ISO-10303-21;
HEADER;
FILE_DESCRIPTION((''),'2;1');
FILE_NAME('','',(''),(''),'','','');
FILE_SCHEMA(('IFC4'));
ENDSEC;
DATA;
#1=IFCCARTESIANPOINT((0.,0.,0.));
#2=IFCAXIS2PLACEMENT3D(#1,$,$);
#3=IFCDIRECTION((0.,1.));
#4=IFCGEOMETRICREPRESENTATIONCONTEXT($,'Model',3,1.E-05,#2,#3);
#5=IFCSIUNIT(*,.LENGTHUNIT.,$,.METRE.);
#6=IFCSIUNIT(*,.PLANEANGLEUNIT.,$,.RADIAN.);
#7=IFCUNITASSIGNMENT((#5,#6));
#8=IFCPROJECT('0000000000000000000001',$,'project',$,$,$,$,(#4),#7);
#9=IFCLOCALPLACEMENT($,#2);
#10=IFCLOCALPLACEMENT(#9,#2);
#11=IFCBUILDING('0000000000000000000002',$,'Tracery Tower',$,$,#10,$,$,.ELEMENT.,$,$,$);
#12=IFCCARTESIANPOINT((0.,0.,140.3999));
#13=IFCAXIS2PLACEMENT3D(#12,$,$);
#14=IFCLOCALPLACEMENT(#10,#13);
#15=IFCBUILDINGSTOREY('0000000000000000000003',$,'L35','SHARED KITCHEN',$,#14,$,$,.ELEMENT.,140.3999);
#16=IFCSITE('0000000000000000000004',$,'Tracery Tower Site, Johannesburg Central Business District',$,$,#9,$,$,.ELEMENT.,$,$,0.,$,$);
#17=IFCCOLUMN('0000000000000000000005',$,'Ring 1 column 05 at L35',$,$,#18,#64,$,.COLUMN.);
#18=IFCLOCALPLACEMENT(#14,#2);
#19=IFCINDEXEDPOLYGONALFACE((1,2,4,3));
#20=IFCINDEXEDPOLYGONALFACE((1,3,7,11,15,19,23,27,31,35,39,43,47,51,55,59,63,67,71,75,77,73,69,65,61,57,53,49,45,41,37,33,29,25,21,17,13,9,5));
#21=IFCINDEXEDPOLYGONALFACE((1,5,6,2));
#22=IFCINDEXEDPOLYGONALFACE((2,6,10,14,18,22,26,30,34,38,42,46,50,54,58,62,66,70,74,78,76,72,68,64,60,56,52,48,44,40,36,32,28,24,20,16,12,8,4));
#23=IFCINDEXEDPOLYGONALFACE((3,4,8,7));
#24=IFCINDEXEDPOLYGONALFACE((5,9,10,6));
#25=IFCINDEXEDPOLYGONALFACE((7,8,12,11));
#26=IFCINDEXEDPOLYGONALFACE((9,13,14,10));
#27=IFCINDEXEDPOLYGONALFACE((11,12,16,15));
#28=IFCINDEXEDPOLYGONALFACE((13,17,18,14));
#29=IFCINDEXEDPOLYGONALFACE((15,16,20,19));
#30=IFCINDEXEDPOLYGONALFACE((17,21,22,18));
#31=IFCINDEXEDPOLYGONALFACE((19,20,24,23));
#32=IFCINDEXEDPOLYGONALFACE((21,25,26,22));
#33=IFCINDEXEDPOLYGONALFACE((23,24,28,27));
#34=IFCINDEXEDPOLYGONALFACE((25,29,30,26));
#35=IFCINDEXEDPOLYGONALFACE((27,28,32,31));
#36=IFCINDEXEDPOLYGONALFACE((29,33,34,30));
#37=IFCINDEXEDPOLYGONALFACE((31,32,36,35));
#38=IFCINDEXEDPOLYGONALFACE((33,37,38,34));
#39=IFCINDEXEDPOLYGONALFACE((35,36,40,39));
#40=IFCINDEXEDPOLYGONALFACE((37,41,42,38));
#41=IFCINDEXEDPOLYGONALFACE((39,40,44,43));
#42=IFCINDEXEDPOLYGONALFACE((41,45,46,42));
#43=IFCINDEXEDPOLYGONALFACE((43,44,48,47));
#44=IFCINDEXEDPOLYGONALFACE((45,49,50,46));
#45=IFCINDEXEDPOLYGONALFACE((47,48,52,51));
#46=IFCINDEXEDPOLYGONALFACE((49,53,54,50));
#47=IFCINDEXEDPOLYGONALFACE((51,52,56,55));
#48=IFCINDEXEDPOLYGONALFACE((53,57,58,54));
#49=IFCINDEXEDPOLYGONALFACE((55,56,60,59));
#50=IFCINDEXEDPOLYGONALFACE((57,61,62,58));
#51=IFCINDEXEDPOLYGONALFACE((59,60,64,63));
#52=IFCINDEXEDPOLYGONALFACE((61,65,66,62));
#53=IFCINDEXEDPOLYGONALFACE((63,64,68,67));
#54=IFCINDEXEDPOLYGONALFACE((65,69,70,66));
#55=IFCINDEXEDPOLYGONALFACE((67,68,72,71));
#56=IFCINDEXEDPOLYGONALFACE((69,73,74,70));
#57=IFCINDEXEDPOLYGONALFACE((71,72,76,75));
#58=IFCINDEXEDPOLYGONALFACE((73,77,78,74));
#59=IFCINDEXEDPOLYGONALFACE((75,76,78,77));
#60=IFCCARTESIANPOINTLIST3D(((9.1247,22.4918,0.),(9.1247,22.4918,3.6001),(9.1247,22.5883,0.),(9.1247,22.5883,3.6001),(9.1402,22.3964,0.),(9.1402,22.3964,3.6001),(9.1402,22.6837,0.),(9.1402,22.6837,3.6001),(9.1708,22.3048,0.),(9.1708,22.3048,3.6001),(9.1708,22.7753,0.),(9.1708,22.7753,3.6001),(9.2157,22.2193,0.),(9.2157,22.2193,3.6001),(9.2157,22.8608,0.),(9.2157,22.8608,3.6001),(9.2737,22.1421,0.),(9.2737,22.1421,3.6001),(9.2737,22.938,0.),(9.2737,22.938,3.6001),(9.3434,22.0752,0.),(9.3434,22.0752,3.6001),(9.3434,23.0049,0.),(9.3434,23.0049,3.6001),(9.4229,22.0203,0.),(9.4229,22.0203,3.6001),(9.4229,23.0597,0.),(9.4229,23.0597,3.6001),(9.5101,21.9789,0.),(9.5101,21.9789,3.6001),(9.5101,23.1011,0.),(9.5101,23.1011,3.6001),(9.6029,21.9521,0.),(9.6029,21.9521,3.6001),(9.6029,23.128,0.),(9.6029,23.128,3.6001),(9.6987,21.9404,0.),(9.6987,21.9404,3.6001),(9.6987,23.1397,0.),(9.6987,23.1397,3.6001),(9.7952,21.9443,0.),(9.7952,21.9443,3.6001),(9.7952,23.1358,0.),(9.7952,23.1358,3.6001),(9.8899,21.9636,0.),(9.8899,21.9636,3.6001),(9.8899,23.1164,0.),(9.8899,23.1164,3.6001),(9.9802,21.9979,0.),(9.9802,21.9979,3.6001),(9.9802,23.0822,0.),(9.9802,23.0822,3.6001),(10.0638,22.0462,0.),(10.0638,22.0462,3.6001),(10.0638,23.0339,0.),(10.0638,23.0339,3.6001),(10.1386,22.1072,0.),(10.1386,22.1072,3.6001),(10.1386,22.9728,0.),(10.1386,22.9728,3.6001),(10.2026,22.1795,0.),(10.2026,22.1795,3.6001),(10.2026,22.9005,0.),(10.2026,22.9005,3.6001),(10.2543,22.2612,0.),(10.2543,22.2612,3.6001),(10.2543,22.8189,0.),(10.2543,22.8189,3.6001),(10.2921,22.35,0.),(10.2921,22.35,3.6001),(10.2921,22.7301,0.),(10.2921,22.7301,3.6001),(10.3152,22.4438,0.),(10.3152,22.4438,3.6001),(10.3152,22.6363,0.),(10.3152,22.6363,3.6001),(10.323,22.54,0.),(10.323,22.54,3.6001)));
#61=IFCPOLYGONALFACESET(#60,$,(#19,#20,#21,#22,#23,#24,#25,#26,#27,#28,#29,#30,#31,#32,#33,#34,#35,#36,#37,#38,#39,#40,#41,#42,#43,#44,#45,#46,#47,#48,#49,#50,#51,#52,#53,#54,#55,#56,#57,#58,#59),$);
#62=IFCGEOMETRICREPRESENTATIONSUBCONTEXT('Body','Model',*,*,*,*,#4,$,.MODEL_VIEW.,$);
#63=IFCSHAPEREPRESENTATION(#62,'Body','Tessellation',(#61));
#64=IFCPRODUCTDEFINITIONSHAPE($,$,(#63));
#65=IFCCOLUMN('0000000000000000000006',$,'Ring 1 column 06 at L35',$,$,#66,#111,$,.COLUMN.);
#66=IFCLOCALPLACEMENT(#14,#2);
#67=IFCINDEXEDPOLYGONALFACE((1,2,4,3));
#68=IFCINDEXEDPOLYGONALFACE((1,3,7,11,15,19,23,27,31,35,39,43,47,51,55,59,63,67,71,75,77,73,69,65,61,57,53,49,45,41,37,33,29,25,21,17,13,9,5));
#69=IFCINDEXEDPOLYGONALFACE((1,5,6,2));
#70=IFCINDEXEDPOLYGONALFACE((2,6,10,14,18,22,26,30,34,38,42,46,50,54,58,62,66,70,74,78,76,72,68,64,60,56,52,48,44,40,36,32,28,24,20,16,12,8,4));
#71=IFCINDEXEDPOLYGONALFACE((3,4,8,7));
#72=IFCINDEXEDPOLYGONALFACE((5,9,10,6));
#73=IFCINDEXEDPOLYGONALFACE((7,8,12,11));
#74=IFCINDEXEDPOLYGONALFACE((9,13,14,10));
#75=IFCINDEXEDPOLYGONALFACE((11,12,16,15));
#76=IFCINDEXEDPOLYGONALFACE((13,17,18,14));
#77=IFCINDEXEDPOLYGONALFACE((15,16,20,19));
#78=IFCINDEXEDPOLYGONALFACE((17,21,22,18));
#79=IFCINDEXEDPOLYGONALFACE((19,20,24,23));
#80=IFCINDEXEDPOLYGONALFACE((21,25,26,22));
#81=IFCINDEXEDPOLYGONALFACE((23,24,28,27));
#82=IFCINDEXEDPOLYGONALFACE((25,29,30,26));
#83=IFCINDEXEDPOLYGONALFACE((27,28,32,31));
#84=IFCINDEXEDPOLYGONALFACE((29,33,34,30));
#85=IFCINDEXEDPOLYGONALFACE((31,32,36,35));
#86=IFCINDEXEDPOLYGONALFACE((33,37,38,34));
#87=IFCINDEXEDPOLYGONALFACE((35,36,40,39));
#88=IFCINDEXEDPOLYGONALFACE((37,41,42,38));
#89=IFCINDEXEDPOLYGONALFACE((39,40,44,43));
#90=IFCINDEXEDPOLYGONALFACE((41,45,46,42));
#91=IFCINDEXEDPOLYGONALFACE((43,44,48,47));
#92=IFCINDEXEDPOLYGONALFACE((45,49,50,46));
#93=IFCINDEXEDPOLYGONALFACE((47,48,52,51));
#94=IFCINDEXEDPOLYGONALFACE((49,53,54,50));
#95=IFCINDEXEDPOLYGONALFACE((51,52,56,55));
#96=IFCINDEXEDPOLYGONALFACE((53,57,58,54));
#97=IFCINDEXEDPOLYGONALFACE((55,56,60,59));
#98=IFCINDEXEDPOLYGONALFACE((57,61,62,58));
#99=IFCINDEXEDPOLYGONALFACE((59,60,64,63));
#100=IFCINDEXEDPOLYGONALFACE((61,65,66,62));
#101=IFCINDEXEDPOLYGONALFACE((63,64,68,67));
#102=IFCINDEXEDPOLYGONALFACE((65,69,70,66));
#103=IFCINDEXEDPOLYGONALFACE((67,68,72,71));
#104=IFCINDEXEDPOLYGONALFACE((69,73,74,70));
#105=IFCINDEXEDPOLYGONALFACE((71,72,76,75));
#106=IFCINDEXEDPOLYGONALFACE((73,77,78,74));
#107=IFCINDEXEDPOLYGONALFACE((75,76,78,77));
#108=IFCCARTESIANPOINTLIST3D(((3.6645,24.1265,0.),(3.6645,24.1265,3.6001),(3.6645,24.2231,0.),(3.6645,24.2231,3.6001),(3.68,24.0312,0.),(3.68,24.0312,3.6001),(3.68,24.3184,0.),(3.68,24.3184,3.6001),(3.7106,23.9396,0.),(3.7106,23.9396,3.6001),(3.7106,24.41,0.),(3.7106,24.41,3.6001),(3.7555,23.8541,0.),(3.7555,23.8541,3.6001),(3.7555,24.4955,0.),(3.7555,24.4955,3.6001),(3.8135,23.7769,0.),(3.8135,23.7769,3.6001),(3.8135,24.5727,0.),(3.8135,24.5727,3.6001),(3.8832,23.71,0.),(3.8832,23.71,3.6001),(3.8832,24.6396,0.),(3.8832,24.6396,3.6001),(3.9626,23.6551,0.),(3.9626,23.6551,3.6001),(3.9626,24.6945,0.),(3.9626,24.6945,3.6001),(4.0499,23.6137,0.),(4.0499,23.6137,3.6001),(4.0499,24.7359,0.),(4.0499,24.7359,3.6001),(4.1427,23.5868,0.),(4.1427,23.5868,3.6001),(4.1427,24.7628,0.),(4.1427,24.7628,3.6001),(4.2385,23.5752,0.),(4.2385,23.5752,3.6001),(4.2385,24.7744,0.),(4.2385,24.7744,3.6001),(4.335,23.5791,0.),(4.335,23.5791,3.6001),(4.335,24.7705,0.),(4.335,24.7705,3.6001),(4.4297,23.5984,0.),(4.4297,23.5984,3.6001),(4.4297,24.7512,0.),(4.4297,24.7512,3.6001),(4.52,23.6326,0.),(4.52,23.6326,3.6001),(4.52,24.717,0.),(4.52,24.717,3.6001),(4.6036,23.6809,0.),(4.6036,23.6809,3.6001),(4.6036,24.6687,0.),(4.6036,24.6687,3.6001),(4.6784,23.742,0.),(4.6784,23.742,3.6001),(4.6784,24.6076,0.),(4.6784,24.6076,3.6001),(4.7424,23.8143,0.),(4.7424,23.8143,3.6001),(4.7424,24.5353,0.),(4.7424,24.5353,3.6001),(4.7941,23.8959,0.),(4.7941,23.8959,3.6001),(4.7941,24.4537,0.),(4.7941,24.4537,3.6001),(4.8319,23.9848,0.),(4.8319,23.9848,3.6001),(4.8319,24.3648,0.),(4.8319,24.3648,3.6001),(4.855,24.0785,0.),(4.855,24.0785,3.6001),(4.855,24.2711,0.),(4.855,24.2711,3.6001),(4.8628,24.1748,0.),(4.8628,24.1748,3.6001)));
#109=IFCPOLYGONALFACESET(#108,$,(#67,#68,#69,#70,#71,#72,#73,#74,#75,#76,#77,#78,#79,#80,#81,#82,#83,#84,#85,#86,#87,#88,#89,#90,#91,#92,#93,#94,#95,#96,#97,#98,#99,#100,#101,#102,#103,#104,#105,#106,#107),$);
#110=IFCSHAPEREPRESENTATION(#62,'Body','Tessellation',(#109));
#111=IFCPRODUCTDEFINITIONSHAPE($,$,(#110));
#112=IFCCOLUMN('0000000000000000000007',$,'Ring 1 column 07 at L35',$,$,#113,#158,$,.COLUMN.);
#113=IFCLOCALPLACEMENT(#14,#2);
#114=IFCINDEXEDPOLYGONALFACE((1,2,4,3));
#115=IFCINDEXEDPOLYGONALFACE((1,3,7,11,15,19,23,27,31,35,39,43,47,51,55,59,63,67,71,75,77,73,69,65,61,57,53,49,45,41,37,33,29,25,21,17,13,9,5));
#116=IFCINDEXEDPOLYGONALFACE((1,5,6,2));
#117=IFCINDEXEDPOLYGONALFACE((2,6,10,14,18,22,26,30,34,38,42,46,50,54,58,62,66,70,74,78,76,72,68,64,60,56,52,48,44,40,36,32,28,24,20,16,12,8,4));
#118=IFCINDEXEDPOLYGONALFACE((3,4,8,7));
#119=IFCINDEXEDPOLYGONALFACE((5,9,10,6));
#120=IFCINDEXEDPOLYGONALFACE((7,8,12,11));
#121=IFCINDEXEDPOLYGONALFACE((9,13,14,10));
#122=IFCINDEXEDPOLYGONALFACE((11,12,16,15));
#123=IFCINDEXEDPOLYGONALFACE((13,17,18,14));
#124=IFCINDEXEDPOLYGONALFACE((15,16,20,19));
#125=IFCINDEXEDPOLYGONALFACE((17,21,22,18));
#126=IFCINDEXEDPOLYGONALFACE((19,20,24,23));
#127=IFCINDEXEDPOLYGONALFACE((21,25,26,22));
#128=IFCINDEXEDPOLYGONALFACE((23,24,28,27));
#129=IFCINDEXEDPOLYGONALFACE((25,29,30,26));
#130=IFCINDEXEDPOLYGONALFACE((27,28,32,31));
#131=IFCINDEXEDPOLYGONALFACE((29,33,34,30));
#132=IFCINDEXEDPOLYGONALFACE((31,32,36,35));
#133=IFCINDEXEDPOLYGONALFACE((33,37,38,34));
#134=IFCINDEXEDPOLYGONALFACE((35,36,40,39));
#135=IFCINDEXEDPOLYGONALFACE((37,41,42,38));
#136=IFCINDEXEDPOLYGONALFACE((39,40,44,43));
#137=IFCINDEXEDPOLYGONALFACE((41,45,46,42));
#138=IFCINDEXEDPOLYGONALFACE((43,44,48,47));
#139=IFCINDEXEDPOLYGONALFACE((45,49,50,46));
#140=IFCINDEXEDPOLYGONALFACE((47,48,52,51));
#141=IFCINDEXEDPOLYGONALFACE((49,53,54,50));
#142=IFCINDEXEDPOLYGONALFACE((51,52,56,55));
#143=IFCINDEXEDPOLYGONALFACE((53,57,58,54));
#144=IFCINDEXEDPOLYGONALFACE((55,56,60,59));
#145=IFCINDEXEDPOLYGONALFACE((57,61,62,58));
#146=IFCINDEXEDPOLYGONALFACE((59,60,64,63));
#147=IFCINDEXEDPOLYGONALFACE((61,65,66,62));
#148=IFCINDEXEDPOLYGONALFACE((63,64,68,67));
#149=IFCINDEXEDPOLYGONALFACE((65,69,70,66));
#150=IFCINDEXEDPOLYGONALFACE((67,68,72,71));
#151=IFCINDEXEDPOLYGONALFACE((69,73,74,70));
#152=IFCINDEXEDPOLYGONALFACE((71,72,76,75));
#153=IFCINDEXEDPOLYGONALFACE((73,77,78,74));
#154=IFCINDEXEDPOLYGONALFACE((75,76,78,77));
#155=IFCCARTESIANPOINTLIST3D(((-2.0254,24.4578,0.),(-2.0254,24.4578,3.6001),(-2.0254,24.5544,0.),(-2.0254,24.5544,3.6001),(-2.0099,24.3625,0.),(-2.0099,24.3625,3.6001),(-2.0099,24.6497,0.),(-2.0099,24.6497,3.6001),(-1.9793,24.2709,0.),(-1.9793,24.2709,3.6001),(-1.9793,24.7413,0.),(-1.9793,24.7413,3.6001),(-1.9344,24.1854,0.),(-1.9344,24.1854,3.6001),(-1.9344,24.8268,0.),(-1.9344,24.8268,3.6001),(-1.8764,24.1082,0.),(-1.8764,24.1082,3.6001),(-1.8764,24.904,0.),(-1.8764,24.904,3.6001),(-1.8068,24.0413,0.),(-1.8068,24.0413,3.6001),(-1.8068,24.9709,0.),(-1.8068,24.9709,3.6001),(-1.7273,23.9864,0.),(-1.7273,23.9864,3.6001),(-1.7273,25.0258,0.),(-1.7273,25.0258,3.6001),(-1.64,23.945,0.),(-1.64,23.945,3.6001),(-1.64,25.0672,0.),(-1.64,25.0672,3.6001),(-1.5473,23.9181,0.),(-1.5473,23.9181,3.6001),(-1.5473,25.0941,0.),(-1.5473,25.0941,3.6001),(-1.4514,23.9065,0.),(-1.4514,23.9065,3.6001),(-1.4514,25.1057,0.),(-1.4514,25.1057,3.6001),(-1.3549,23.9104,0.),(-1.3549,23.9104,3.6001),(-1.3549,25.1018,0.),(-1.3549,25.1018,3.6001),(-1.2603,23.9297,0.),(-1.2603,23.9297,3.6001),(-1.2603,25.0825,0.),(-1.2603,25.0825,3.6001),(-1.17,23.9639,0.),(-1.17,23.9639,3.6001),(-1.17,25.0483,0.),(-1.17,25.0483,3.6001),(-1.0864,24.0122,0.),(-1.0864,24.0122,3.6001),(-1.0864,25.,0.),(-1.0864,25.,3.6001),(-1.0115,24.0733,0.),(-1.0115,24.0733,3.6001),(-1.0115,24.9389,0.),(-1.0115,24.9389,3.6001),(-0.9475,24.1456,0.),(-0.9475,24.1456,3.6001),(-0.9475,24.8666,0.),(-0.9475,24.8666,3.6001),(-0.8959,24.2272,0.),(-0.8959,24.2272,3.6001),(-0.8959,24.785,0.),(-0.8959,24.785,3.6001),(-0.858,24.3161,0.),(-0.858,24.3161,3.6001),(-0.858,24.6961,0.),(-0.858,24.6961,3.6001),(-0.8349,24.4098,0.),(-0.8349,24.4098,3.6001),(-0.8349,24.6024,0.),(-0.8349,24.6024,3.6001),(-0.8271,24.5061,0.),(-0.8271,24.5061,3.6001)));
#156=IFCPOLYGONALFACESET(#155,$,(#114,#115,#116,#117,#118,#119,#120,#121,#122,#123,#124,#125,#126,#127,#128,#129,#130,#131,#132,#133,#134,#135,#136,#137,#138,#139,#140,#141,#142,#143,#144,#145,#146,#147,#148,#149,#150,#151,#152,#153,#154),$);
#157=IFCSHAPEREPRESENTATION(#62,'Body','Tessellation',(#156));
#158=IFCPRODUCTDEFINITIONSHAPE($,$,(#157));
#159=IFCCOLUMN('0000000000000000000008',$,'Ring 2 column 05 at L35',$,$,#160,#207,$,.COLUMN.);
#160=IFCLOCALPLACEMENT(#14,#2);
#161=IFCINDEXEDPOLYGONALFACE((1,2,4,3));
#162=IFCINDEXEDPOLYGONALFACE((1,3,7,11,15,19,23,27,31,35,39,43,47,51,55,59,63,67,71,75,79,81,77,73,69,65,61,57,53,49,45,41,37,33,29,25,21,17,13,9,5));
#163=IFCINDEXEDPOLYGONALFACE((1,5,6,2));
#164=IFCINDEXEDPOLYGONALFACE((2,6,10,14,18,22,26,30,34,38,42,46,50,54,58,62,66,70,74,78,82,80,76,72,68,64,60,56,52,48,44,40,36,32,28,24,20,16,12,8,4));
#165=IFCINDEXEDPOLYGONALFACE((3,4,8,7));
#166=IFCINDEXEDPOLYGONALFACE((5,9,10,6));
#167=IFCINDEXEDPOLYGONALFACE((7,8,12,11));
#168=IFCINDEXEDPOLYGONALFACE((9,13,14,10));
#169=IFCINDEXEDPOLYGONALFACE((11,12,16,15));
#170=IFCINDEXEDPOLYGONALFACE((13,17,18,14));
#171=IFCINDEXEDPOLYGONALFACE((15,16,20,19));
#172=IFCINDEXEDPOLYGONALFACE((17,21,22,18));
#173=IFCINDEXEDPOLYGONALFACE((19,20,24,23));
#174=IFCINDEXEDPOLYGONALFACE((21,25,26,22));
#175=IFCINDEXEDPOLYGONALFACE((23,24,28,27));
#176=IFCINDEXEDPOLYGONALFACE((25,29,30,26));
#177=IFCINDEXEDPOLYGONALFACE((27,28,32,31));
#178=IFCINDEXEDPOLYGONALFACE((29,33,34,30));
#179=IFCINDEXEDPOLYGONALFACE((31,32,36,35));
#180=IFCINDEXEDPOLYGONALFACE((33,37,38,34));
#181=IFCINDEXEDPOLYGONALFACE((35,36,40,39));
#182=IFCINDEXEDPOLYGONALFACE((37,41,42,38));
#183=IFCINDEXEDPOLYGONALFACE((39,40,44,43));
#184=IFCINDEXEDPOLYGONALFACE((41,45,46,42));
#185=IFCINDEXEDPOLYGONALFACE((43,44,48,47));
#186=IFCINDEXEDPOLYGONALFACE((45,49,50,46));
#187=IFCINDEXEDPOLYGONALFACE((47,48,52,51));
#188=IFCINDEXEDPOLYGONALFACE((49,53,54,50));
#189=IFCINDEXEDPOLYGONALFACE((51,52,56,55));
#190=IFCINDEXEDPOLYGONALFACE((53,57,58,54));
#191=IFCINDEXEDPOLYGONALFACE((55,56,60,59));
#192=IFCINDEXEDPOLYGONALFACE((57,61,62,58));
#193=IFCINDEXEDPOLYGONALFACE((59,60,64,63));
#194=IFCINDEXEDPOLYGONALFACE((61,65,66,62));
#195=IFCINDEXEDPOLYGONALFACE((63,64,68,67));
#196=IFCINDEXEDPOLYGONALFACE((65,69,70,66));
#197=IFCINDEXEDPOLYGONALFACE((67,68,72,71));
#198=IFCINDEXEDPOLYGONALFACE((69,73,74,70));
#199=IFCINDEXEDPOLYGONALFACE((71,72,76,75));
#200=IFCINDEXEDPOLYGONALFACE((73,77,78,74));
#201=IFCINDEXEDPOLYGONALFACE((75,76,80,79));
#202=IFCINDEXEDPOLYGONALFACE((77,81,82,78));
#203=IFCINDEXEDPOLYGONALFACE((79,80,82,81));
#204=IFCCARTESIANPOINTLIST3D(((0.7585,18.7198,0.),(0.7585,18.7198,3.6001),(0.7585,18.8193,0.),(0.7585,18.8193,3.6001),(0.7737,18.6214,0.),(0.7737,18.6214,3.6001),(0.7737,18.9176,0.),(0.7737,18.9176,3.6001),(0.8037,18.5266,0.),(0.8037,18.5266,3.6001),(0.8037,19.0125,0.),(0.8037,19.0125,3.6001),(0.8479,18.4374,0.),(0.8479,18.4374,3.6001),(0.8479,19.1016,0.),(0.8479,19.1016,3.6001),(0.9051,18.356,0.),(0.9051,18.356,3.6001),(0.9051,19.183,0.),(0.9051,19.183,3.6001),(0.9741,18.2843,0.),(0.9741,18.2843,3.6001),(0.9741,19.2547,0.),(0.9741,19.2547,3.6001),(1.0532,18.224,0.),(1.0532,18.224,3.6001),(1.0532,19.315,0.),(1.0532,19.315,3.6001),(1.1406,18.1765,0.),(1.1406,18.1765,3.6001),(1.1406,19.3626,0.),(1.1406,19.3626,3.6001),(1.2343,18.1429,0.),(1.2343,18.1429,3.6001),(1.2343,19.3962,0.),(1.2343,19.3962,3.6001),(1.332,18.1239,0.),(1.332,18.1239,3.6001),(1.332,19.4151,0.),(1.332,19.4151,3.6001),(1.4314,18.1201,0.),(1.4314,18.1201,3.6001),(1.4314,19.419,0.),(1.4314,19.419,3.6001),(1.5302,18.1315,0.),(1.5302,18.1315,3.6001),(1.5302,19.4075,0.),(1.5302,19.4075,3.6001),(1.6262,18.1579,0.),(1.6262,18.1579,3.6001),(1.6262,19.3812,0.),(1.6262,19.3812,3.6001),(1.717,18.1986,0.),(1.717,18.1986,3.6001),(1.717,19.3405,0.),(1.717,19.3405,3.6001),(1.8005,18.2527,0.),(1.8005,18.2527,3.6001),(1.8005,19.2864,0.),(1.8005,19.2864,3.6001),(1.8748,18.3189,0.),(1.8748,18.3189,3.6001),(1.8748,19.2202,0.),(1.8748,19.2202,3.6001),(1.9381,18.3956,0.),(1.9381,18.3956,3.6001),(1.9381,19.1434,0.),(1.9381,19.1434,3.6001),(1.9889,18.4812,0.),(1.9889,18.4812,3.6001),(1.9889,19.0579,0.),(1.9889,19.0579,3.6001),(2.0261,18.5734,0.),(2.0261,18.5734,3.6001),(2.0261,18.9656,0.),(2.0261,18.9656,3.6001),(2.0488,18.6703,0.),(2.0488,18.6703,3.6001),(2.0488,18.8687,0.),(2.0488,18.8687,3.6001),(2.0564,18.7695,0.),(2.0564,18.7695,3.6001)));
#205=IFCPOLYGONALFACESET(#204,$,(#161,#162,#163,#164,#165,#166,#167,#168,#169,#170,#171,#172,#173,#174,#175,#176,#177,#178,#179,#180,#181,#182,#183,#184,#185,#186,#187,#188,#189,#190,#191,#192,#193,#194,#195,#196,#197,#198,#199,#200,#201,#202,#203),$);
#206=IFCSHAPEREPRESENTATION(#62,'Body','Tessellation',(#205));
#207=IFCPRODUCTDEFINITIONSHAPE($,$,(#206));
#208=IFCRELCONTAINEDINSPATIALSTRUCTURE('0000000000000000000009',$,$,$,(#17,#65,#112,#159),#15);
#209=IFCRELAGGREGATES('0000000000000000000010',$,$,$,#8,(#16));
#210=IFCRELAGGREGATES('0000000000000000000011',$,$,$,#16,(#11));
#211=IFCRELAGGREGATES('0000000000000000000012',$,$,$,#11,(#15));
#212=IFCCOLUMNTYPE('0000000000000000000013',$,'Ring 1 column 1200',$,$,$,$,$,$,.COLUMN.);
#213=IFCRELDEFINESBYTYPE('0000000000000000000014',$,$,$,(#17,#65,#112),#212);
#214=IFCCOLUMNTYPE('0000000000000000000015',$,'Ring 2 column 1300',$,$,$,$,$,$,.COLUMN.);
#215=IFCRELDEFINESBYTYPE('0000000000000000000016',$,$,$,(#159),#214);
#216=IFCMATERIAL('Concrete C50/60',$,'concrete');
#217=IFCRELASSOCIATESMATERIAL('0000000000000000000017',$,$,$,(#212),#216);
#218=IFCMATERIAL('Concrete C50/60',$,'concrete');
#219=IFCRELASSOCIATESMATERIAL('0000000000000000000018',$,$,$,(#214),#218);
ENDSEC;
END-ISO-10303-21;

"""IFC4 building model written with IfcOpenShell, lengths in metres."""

from ifc_helpers import new_model, si_unit, direction, frame, origin, origin_2d, place, context, subcontext, project, spatial, circle, extrude, material, material_profile, profile_set, type_object, element, save


model = new_model("IFC4")

# Units and contexts
model_context = context("Model", 3, precision=1e-05, world=origin(), true_north=direction((0.0, 1.0)))
body_context = subcontext(model_context, "Body", "Model", "MODEL_VIEW")
ifc_project = project(units=[si_unit("LENGTHUNIT", "METRE"), si_unit("PLANEANGLEUNIT", "RADIAN")], contexts=[model_context])

# Site, building, storey
site_placement = place(None, origin())
site = spatial("IfcSite", under=ifc_project, at=site_placement, Name="Tracery Tower Site, Johannesburg Central Business District", CompositionType="ELEMENT", RefElevation=0.0)
building_placement = place(site_placement, origin())
building = spatial("IfcBuilding", under=site, at=building_placement, Name="Tracery Tower", CompositionType="ELEMENT")
storey_placement = place(building_placement, frame((0.0, 0.0, 140.3999)))
storey = spatial("IfcBuildingStorey", under=building, at=storey_placement, Name="L35", Description="SHARED KITCHEN", CompositionType="ELEMENT", Elevation=140.3999)

# Columns
ifc_material_1 = material(Name="Concrete C50/60", Category="concrete")
ifc_material_profile_1 = material_profile(ifc_material_1, circle(Radius=0.6001, at=origin_2d()), Name="RC D1200")
ifc_profile_set_1 = profile_set([ifc_material_profile_1], Name="Concrete C50/60")
column_type_1 = type_object("IfcColumnType", Name="Ring 1 column 1200", PredefinedType="COLUMN", material=ifc_profile_set_1)
for number, where, z_axis, x_axis, name in (
    (1, (9.7229, 22.54, 0.0), (0.0, 0.0, 1.0), (1.0, 0.0, 0.0), "Ring 1 column 05 at L35"),
    (2, (4.2627, 24.1748, 0.0), (0.0, 0.0, 1.0), (1.0, 0.0, 0.0), "Ring 1 column 06 at L35"),
    (3, (-1.4272, 24.5061, 0.0), (0.0, 0.0, 1.0), (1.0, 0.0, 0.0), "Ring 1 column 07 at L35"),
):
    element("IfcColumn", number, at=place(storey_placement, frame(where, z_axis=z_axis, x_axis=x_axis)), inside=storey, type_object=column_type_1, Name=name, PredefinedType="COLUMN", context=body_context, shape_type="SweptSolid", body=[
        extrude(circle(Radius=0.6001, at=origin_2d()), origin(), (0.0, 0.0, 1.0), 3.6001),
    ])
ifc_material_2 = material(Name="Concrete C50/60", Category="concrete")
ifc_material_profile_2 = material_profile(ifc_material_2, circle(Radius=0.6499, at=origin_2d()), Name="RC D1300")
ifc_profile_set_2 = profile_set([ifc_material_profile_2], Name="Concrete C50/60")
column_type_2 = type_object("IfcColumnType", Name="Ring 2 column 1300", PredefinedType="COLUMN", material=ifc_profile_set_2)
column_placement = place(storey_placement, frame((1.4065, 18.7695, 0.0), z_axis=(0.0, 0.0, 1.0), x_axis=(1.0, 0.0, 0.0)))
element("IfcColumn", 4, at=column_placement, inside=storey, type_object=column_type_2, Name="Ring 2 column 05 at L35", PredefinedType="COLUMN", context=body_context, shape_type="SweptSolid", body=[
    extrude(circle(Radius=0.6499, at=origin_2d()), origin(), (0.0, 0.0, 1.0), 3.6001),
])

save(model, "model.ifc")
